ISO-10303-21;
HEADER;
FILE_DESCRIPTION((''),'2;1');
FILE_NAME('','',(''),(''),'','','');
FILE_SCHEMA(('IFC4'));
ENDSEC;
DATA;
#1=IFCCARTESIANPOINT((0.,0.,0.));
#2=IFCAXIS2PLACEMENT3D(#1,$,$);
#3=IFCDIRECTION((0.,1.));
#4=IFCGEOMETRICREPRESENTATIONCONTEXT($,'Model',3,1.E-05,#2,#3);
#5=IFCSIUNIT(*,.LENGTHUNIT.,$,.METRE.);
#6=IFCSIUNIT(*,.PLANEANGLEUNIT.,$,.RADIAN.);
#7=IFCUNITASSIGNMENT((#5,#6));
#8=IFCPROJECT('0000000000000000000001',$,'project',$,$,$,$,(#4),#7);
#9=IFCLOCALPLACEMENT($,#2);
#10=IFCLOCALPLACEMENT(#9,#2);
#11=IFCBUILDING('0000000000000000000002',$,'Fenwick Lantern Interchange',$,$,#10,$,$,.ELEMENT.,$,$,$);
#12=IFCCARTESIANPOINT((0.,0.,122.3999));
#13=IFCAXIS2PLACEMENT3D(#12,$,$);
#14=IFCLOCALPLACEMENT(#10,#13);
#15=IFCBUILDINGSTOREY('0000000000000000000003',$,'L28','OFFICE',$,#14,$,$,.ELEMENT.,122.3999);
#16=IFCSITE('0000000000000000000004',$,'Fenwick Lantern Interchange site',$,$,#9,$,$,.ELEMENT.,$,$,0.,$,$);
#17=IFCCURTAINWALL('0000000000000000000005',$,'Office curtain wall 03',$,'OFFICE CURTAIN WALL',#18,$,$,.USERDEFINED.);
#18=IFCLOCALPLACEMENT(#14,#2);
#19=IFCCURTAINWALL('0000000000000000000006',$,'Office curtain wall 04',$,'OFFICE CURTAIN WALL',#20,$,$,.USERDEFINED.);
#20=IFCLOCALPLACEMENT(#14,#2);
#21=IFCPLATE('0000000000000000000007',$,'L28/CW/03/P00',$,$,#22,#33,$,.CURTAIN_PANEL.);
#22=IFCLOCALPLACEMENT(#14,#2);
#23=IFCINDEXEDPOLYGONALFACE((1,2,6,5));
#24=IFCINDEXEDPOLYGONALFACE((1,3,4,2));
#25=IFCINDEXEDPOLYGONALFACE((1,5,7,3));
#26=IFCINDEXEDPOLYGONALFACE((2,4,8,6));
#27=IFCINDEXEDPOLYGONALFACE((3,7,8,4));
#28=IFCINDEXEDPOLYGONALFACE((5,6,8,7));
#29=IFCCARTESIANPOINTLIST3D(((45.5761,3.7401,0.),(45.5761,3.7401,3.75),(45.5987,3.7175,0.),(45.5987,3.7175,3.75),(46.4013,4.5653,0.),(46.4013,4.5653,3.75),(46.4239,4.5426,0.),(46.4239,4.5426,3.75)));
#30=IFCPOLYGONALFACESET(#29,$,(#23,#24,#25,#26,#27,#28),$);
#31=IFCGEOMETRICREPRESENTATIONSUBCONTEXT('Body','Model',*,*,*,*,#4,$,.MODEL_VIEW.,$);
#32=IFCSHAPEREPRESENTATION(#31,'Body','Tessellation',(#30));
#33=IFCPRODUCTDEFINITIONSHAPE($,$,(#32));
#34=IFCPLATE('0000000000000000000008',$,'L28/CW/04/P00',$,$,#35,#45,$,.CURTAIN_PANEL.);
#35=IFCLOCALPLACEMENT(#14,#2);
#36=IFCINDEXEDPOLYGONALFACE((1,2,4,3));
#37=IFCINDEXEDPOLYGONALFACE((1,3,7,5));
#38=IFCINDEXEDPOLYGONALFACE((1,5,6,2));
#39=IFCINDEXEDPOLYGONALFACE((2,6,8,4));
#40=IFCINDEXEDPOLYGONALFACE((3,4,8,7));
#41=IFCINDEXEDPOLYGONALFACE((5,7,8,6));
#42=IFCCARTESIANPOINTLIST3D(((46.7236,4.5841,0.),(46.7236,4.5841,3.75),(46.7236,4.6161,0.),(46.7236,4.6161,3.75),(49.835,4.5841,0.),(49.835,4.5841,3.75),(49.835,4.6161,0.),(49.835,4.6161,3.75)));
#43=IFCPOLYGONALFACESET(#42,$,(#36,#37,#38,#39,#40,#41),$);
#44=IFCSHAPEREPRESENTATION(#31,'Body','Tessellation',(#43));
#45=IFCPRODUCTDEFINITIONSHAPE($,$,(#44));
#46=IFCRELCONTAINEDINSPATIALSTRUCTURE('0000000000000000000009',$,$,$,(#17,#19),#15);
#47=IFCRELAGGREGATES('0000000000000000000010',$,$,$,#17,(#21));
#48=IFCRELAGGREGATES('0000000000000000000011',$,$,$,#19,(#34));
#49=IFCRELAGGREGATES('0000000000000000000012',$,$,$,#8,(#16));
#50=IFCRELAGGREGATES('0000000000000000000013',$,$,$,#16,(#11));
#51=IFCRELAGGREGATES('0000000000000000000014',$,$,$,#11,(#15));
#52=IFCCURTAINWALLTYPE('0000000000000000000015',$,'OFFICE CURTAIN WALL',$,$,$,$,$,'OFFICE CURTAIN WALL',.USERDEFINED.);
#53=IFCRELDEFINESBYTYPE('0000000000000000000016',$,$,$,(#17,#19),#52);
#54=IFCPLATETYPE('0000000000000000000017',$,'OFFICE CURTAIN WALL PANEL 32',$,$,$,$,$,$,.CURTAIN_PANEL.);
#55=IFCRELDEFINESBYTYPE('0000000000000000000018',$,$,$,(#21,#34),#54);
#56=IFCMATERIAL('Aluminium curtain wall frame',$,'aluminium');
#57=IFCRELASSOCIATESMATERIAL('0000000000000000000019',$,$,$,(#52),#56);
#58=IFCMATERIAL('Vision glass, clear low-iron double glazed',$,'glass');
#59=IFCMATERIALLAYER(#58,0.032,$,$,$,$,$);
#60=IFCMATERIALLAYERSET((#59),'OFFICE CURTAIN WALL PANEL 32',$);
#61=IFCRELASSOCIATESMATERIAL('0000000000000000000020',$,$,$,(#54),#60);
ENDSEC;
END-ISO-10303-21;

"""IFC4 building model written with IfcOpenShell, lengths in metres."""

from ifc_helpers import new_model, si_unit, direction, frame, origin, origin_2d, place, context, subcontext, project, spatial, rectangle, extrude, material, layer, layer_set, type_object, element, aggregate, save


model = new_model("IFC4")

# Units and contexts
model_context = context("Model", 3, precision=1e-05, world=origin(), true_north=direction((0.0, 1.0)))
body_context = subcontext(model_context, "Body", "Model", "MODEL_VIEW")
ifc_project = project(units=[si_unit("LENGTHUNIT", "METRE"), si_unit("PLANEANGLEUNIT", "RADIAN")], contexts=[model_context])

# Site, building, storey
site_placement = place(None, origin())
site = spatial("IfcSite", under=ifc_project, at=site_placement, Name="Fenwick Lantern Interchange site", CompositionType="ELEMENT", RefElevation=0.0)
building_placement = place(site_placement, origin())
building = spatial("IfcBuilding", under=site, at=building_placement, Name="Fenwick Lantern Interchange", CompositionType="ELEMENT")
storey_placement = place(building_placement, frame((0.0, 0.0, 122.3999)))
storey = spatial("IfcBuildingStorey", under=building, at=storey_placement, Name="L28", Description="OFFICE", CompositionType="ELEMENT", Elevation=122.3999)

# Shared definitions
ifc_material_1 = material(Name="Aluminium curtain wall frame", Category="aluminium")
curtain_wall_type = type_object("IfcCurtainWallType", Name="OFFICE CURTAIN WALL", ElementType="OFFICE CURTAIN WALL", PredefinedType="USERDEFINED", material=ifc_material_1)

# Curtain walls
curtain_wall_1_placement = place(storey_placement, origin())
curtain_wall_1 = element("IfcCurtainWall", 1, at=curtain_wall_1_placement, inside=storey, type_object=curtain_wall_type, Name="Office curtain wall 03", ObjectType="OFFICE CURTAIN WALL", PredefinedType="USERDEFINED")
curtain_wall_2_placement = place(storey_placement, origin())
curtain_wall_2 = element("IfcCurtainWall", 2, at=curtain_wall_2_placement, inside=storey, type_object=curtain_wall_type, Name="Office curtain wall 04", ObjectType="OFFICE CURTAIN WALL", PredefinedType="USERDEFINED")

# Plates
ifc_material_2 = material(Name="Vision glass, clear low-iron double glazed", Category="glass")
ifc_layer_1 = layer(ifc_material_2, 0.032)
ifc_layer_set_1 = layer_set([ifc_layer_1], Name="OFFICE CURTAIN WALL PANEL 32")
plate_type = type_object("IfcPlateType", Name="OFFICE CURTAIN WALL PANEL 32", PredefinedType="CURTAIN_PANEL", material=ifc_layer_set_1)
plate_1_placement = place(storey_placement, frame((46.0, 4.1414, 0.0), z_axis=(0.0, 0.0, 1.0), x_axis=(0.707107, 0.707107, 0.0)))
plate_1 = element("IfcPlate", 3, at=plate_1_placement, type_object=plate_type, Name="L28/CW/03/P00", PredefinedType="CURTAIN_PANEL", context=body_context, shape_type="SweptSolid", body=[
    extrude(rectangle(XDim=1.167, YDim=0.032, at=origin_2d()), origin(), (0.0, 0.0, 1.0), 3.75),
])
aggregate(curtain_wall_1, [plate_1])
plate_2_placement = place(storey_placement, frame((48.2793, 4.6001, 0.0), z_axis=(0.0, 0.0, 1.0), x_axis=(1.0, 0.0, 0.0)))
plate_2 = element("IfcPlate", 4, at=plate_2_placement, type_object=plate_type, Name="L28/CW/04/P00", PredefinedType="CURTAIN_PANEL", context=body_context, shape_type="SweptSolid", body=[
    extrude(rectangle(XDim=3.1113, YDim=0.032, at=origin_2d()), origin(), (0.0, 0.0, 1.0), 3.75),
])
aggregate(curtain_wall_2, [plate_2])

save(model, "model.ifc")
